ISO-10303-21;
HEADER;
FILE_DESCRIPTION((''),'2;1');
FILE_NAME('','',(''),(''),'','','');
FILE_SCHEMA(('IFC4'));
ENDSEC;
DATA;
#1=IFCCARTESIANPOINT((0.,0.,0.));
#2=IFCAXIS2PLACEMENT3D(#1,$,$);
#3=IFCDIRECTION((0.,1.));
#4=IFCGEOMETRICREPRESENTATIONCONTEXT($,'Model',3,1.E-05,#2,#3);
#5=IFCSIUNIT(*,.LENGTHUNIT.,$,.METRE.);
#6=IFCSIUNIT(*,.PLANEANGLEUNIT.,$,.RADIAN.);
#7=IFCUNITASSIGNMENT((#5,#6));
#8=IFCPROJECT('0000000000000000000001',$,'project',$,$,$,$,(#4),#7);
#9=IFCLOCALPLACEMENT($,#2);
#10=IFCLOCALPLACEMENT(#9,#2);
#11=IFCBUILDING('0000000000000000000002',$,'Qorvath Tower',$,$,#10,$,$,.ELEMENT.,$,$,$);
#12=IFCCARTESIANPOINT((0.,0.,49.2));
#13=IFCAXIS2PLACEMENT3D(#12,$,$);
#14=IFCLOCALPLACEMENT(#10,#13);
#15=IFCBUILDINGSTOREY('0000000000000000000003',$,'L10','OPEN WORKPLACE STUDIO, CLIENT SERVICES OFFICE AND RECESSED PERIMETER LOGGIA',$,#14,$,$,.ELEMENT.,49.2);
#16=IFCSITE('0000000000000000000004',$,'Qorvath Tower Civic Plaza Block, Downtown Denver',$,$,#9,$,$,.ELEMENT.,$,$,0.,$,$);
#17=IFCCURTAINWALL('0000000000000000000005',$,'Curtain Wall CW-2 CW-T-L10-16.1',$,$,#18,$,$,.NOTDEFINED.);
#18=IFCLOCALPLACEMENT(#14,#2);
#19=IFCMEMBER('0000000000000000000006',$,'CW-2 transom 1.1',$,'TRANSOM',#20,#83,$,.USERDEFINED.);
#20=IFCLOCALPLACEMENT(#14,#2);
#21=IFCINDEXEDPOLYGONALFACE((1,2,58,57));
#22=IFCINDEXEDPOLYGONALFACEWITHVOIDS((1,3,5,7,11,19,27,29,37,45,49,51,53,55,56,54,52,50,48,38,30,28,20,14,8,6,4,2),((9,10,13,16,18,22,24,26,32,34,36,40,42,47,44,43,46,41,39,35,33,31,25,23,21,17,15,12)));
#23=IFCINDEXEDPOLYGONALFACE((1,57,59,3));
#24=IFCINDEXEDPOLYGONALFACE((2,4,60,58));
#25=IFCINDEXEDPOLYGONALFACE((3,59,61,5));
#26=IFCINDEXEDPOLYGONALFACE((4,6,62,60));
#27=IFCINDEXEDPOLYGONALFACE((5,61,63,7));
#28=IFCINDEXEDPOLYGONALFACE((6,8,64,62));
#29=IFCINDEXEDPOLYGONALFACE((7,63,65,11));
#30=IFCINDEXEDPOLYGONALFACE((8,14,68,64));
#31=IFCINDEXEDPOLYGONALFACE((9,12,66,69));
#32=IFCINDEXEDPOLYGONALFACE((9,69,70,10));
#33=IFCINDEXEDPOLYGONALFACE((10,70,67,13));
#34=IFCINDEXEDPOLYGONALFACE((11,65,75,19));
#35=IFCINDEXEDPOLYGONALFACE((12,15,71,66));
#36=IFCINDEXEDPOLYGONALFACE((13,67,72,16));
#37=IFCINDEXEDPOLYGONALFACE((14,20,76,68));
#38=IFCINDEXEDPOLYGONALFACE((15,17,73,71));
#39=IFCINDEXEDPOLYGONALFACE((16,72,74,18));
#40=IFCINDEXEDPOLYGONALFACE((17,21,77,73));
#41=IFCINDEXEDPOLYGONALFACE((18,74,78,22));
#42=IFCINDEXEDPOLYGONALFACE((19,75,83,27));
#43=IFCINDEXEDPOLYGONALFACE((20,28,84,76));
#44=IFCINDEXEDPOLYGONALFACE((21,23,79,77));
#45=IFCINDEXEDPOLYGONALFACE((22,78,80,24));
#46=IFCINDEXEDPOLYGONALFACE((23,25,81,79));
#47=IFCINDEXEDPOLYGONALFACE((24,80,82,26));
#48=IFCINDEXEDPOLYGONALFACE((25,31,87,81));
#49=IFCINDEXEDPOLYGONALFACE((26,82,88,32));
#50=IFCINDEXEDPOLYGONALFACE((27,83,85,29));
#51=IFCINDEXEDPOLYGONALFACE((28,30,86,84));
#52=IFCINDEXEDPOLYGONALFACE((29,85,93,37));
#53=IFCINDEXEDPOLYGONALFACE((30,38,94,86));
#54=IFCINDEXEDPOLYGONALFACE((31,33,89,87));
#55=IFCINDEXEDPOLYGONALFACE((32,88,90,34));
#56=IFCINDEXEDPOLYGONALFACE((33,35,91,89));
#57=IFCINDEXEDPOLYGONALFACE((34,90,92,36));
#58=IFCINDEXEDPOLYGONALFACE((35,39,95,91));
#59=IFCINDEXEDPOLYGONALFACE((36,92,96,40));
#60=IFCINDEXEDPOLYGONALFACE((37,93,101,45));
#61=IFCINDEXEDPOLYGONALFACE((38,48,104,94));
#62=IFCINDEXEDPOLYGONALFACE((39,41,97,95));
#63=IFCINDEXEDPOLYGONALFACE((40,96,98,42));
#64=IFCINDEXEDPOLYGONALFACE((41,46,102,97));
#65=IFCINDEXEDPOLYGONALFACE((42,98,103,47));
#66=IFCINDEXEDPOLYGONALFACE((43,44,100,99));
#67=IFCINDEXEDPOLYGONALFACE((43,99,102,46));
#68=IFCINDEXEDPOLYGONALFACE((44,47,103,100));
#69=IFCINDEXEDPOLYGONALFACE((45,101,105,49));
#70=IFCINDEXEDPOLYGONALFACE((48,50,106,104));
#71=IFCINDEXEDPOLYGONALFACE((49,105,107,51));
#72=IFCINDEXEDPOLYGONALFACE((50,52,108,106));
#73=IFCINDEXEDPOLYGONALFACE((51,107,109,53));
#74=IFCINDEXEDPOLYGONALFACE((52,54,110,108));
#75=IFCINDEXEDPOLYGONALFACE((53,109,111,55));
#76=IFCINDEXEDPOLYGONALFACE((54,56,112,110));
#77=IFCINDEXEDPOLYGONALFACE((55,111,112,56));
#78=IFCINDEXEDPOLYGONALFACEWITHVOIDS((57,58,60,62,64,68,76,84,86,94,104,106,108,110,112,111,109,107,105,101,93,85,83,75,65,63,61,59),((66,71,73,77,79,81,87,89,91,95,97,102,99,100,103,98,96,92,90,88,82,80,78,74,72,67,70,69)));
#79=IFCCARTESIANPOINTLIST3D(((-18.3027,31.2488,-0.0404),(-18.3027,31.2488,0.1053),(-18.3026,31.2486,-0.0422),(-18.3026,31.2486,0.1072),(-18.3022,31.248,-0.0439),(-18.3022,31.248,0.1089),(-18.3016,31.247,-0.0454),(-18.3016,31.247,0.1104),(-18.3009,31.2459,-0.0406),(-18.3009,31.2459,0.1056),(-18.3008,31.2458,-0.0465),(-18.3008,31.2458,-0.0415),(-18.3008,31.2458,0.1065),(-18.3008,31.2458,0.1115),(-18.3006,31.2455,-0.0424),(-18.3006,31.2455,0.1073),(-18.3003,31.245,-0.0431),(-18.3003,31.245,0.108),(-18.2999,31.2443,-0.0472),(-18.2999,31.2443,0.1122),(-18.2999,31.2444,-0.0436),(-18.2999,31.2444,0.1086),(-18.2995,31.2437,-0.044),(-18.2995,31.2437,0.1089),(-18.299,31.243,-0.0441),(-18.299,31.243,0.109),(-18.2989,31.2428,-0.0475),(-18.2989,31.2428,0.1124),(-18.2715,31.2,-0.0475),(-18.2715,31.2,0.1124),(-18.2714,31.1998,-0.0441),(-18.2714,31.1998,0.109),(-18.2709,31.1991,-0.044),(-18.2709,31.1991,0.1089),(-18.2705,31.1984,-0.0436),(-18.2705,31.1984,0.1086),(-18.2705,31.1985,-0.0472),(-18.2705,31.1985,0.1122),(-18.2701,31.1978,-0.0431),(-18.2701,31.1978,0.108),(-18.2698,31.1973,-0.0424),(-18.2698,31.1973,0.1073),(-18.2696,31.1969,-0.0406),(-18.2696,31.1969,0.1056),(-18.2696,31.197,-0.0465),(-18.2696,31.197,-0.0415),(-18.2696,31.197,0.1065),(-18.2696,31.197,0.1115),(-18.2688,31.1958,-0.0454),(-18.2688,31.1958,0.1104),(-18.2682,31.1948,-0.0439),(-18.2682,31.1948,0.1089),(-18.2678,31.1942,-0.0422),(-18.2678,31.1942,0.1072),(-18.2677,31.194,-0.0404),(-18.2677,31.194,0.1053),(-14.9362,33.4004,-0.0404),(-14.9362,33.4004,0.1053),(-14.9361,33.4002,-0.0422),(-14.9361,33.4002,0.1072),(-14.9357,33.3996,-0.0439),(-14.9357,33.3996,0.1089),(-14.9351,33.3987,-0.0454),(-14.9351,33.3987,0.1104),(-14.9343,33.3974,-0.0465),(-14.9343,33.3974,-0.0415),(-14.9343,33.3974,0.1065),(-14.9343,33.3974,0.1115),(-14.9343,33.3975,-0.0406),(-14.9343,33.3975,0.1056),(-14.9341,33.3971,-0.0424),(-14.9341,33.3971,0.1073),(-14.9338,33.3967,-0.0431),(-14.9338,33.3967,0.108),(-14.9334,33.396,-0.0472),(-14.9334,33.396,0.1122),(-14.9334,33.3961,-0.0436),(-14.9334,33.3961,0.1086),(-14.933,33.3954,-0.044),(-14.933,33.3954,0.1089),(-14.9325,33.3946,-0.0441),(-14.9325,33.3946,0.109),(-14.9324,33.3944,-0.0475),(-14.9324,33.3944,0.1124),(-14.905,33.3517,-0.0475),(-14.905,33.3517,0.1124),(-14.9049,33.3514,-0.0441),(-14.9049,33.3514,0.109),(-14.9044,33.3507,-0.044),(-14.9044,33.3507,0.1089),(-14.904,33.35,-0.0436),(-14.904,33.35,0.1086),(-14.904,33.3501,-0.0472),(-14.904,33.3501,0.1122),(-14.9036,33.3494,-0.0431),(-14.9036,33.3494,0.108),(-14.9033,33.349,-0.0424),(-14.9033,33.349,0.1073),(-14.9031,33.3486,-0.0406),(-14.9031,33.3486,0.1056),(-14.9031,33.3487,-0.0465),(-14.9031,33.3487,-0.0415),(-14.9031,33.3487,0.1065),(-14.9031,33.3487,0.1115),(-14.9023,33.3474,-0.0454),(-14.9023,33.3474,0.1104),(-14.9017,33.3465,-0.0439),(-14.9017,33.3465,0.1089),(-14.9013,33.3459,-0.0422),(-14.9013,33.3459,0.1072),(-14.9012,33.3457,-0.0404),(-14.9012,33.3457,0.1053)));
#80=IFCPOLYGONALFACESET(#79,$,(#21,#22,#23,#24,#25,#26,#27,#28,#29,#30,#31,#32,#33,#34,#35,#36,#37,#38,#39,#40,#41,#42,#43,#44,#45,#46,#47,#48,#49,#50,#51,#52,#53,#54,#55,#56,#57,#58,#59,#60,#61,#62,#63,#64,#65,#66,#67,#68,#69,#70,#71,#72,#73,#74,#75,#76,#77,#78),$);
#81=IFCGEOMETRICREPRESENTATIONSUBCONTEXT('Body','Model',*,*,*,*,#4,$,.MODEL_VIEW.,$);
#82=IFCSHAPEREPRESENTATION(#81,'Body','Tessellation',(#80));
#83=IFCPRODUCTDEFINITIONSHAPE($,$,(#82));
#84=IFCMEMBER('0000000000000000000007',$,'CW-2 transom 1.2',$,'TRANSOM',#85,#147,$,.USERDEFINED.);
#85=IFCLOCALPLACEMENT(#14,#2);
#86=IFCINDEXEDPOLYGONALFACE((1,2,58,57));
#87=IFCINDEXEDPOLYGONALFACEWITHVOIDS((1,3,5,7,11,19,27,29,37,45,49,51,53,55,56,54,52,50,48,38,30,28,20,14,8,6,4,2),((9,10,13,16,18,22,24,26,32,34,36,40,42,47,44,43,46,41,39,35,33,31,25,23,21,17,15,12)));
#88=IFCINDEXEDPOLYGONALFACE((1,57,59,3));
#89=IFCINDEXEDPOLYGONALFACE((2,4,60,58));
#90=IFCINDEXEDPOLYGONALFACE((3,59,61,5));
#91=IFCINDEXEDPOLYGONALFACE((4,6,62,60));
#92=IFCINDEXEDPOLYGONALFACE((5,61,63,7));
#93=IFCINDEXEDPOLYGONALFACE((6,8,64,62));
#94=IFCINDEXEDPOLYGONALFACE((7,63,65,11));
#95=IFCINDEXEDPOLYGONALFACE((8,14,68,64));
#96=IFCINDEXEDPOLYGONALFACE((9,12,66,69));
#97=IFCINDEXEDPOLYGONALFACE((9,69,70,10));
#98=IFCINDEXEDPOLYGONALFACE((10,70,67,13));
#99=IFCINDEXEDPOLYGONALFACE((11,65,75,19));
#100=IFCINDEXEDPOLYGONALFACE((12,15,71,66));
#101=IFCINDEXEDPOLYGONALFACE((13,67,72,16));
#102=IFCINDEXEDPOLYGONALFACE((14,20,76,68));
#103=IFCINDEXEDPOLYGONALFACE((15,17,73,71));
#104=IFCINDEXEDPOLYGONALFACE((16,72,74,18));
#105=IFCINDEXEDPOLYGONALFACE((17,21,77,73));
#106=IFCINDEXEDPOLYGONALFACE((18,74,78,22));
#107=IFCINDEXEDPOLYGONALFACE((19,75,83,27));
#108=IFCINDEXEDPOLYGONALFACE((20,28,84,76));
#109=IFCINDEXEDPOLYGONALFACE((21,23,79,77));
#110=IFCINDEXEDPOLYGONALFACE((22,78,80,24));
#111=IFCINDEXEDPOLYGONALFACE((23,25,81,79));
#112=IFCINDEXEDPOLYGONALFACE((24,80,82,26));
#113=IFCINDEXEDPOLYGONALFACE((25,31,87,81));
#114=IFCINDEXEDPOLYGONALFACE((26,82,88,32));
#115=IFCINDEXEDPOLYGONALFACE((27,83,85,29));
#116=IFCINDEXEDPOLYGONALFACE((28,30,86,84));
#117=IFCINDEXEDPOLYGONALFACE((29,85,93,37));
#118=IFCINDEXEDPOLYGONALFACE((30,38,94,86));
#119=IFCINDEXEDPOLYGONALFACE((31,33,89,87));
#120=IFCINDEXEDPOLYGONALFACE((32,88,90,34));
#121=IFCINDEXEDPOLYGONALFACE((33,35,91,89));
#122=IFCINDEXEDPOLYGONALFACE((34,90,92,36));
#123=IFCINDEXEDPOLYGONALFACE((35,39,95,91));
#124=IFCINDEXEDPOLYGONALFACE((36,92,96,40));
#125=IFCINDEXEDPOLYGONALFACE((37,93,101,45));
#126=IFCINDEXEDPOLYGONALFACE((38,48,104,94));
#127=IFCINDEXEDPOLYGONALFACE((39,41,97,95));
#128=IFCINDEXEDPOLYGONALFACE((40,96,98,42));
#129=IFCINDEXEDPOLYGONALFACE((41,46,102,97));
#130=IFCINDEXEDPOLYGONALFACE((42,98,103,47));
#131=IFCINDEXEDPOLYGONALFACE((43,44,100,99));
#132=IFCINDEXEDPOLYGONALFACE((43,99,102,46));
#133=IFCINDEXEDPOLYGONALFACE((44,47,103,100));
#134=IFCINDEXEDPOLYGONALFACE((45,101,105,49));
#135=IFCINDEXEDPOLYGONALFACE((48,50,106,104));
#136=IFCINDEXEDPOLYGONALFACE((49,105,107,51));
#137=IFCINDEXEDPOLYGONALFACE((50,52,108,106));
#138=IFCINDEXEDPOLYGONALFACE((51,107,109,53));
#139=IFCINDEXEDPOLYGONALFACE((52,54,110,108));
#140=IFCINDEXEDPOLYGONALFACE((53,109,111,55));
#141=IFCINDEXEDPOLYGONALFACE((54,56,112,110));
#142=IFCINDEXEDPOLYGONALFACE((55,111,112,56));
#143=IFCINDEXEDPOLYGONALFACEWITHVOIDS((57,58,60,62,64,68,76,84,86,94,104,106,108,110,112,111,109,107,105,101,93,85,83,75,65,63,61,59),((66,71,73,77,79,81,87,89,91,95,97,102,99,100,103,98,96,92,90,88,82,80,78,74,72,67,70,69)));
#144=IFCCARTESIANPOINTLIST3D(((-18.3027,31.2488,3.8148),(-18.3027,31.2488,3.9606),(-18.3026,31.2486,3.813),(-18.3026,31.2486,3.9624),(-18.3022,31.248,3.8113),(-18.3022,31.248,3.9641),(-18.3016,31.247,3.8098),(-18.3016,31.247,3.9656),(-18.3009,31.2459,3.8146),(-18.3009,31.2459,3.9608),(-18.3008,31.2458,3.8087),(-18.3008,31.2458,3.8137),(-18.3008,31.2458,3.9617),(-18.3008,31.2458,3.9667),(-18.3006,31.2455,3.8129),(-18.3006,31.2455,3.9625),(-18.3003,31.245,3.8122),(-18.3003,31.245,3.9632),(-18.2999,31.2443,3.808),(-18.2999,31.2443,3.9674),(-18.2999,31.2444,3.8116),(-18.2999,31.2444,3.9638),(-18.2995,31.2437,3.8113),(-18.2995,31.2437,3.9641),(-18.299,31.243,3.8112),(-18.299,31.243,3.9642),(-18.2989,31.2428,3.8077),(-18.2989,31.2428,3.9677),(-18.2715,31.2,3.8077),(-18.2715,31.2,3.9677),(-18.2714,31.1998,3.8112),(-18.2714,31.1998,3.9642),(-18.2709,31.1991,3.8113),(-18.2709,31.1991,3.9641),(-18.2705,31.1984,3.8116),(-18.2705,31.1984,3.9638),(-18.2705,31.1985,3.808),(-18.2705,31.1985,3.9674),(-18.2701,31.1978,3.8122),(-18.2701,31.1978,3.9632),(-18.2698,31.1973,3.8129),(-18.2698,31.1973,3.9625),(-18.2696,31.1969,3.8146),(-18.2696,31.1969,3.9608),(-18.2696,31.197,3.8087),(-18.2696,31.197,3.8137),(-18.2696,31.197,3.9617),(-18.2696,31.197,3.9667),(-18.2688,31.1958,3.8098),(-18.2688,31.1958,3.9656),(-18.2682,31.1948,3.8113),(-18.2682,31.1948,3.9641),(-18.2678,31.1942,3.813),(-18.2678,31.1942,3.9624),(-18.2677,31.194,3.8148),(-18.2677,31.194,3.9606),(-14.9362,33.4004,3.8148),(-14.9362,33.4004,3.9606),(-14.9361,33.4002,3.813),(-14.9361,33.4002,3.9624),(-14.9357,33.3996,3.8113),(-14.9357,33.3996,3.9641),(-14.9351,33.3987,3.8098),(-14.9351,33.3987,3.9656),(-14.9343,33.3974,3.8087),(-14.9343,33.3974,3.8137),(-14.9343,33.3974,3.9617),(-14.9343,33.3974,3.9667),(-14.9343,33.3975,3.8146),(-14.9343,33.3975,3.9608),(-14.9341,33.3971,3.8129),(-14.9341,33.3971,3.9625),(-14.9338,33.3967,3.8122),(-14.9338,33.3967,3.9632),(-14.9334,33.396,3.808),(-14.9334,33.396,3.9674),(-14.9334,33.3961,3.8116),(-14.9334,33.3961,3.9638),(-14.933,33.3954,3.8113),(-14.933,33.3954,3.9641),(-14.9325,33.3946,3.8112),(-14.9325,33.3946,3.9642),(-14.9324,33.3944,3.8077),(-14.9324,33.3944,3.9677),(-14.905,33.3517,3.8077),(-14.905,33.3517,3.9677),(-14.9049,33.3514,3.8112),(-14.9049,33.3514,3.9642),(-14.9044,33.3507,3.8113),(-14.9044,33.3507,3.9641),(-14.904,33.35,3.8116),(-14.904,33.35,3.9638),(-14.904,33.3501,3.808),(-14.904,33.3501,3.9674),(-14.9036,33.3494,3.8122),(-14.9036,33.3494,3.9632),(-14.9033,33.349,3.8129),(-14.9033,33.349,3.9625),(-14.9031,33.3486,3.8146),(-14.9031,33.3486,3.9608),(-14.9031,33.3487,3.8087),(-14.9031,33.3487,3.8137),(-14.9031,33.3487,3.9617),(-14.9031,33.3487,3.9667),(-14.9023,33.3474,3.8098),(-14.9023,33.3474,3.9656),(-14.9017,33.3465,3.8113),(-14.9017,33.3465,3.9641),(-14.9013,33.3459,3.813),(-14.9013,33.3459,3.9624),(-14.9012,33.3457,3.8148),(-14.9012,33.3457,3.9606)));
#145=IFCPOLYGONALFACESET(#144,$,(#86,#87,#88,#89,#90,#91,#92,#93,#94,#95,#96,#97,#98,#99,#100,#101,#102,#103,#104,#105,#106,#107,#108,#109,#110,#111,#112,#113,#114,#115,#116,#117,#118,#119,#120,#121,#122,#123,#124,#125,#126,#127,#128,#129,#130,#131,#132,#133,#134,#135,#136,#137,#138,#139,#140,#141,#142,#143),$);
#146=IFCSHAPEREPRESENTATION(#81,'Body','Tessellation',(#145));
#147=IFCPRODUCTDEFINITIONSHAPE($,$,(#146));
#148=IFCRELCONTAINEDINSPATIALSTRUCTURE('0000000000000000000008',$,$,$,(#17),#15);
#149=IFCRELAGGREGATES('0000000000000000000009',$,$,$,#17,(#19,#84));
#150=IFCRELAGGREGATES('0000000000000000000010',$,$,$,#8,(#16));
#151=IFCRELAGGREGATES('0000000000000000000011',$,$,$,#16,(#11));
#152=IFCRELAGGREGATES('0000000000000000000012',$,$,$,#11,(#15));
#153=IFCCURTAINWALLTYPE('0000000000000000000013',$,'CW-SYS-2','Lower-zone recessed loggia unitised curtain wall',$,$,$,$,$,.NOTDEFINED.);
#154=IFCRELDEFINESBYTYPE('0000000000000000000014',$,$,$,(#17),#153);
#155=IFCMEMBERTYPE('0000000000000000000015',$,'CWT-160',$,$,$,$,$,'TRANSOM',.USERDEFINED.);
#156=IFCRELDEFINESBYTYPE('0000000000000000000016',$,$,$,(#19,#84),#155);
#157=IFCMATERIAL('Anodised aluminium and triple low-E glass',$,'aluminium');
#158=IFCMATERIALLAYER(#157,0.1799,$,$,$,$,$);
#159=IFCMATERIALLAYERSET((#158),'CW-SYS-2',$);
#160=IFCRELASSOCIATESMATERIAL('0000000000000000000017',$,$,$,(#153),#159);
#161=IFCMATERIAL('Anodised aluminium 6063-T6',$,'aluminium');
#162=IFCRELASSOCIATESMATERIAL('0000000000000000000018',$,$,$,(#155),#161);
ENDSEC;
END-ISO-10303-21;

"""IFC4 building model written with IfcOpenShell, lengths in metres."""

from ifc_helpers import new_model, si_unit, direction, frame, origin, origin_2d, place, context, subcontext, project, spatial, hollow_rectangle, extrude, material, layer, layer_set, material_profile, profile_set, type_object, element, aggregate, save


model = new_model("IFC4")

# Units and contexts
model_context = context("Model", 3, precision=1e-05, world=origin(), true_north=direction((0.0, 1.0)))
body_context = subcontext(model_context, "Body", "Model", "MODEL_VIEW")
ifc_project = project(units=[si_unit("LENGTHUNIT", "METRE"), si_unit("PLANEANGLEUNIT", "RADIAN")], contexts=[model_context])

# Site, building, storey
site_placement = place(None, origin())
site = spatial("IfcSite", under=ifc_project, at=site_placement, Name="Qorvath Tower Civic Plaza Block, Downtown Denver", CompositionType="ELEMENT", RefElevation=0.0)
building_placement = place(site_placement, origin())
building = spatial("IfcBuilding", under=site, at=building_placement, Name="Qorvath Tower", CompositionType="ELEMENT")
storey_placement = place(building_placement, frame((0.0, 0.0, 49.2)))
storey = spatial("IfcBuildingStorey", under=building, at=storey_placement, Name="L10", Description="OPEN WORKPLACE STUDIO, CLIENT SERVICES OFFICE AND RECESSED PERIMETER LOGGIA", CompositionType="ELEMENT", Elevation=49.2)

# Curtain wall
ifc_material_1 = material(Name="Anodised aluminium and triple low-E glass", Category="aluminium")
ifc_layer_1 = layer(ifc_material_1, 0.1799)
ifc_layer_set_1 = layer_set([ifc_layer_1], Name="CW-SYS-2")
curtain_wall_type = type_object("IfcCurtainWallType", Name="CW-SYS-2", Description="Lower-zone recessed loggia unitised curtain wall", PredefinedType="NOTDEFINED", material=ifc_layer_set_1)
curtain_wall_1_placement = place(storey_placement, origin())
curtain_wall_1 = element("IfcCurtainWall", 1, at=curtain_wall_1_placement, inside=storey, type_object=curtain_wall_type, Name="Curtain Wall CW-2 CW-T-L10-16.1", PredefinedType="NOTDEFINED")

# Members
ifc_material_2 = material(Name="Anodised aluminium 6063-T6", Category="aluminium")
ifc_material_profile_1 = material_profile(ifc_material_2, hollow_rectangle(XDim=0.0649, YDim=0.1599, WallThickness=0.0034, InnerFilletRadius=0.0034, OuterFilletRadius=0.0071, at=origin_2d()), Name="CWT 160x65")
ifc_profile_set_1 = profile_set([ifc_material_profile_1], Name="Anodised aluminium 6063-T6")
member_type_1 = type_object("IfcMemberType", Name="CWT-160", ElementType="TRANSOM", PredefinedType="USERDEFINED", material=ifc_profile_set_1)
member_1_placement = place(storey_placement, frame((-14.9187, 33.373, 0.0325), z_axis=(-0.842603, -0.538535, 0.0), x_axis=(0.538535, -0.842603, 0.0)))
member_1 = element("IfcMember", 2, at=member_1_placement, type_object=member_type_1, Name="CW-2 transom 1.1", ObjectType="TRANSOM", PredefinedType="USERDEFINED", context=body_context, shape_type="SweptSolid", body=[
    extrude(hollow_rectangle(XDim=0.0649, YDim=0.1599, WallThickness=0.0034, InnerFilletRadius=0.0034, OuterFilletRadius=0.0071, at=origin_2d()), origin(), (0.0, 0.0, 1.0), 3.9954),
])
member_2_placement = place(storey_placement, frame((-14.9187, 33.373, 3.8877), z_axis=(-0.842603, -0.538535, 0.0), x_axis=(0.538535, -0.842603, 0.0)))
member_2 = element("IfcMember", 3, at=member_2_placement, type_object=member_type_1, Name="CW-2 transom 1.2", ObjectType="TRANSOM", PredefinedType="USERDEFINED", context=body_context, shape_type="SweptSolid", body=[
    extrude(hollow_rectangle(XDim=0.0649, YDim=0.1599, WallThickness=0.0034, InnerFilletRadius=0.0034, OuterFilletRadius=0.0071, at=origin_2d()), origin(), (0.0, 0.0, 1.0), 3.9954),
])

aggregate(curtain_wall_1, [member_1, member_2])

save(model, "model.ifc")
